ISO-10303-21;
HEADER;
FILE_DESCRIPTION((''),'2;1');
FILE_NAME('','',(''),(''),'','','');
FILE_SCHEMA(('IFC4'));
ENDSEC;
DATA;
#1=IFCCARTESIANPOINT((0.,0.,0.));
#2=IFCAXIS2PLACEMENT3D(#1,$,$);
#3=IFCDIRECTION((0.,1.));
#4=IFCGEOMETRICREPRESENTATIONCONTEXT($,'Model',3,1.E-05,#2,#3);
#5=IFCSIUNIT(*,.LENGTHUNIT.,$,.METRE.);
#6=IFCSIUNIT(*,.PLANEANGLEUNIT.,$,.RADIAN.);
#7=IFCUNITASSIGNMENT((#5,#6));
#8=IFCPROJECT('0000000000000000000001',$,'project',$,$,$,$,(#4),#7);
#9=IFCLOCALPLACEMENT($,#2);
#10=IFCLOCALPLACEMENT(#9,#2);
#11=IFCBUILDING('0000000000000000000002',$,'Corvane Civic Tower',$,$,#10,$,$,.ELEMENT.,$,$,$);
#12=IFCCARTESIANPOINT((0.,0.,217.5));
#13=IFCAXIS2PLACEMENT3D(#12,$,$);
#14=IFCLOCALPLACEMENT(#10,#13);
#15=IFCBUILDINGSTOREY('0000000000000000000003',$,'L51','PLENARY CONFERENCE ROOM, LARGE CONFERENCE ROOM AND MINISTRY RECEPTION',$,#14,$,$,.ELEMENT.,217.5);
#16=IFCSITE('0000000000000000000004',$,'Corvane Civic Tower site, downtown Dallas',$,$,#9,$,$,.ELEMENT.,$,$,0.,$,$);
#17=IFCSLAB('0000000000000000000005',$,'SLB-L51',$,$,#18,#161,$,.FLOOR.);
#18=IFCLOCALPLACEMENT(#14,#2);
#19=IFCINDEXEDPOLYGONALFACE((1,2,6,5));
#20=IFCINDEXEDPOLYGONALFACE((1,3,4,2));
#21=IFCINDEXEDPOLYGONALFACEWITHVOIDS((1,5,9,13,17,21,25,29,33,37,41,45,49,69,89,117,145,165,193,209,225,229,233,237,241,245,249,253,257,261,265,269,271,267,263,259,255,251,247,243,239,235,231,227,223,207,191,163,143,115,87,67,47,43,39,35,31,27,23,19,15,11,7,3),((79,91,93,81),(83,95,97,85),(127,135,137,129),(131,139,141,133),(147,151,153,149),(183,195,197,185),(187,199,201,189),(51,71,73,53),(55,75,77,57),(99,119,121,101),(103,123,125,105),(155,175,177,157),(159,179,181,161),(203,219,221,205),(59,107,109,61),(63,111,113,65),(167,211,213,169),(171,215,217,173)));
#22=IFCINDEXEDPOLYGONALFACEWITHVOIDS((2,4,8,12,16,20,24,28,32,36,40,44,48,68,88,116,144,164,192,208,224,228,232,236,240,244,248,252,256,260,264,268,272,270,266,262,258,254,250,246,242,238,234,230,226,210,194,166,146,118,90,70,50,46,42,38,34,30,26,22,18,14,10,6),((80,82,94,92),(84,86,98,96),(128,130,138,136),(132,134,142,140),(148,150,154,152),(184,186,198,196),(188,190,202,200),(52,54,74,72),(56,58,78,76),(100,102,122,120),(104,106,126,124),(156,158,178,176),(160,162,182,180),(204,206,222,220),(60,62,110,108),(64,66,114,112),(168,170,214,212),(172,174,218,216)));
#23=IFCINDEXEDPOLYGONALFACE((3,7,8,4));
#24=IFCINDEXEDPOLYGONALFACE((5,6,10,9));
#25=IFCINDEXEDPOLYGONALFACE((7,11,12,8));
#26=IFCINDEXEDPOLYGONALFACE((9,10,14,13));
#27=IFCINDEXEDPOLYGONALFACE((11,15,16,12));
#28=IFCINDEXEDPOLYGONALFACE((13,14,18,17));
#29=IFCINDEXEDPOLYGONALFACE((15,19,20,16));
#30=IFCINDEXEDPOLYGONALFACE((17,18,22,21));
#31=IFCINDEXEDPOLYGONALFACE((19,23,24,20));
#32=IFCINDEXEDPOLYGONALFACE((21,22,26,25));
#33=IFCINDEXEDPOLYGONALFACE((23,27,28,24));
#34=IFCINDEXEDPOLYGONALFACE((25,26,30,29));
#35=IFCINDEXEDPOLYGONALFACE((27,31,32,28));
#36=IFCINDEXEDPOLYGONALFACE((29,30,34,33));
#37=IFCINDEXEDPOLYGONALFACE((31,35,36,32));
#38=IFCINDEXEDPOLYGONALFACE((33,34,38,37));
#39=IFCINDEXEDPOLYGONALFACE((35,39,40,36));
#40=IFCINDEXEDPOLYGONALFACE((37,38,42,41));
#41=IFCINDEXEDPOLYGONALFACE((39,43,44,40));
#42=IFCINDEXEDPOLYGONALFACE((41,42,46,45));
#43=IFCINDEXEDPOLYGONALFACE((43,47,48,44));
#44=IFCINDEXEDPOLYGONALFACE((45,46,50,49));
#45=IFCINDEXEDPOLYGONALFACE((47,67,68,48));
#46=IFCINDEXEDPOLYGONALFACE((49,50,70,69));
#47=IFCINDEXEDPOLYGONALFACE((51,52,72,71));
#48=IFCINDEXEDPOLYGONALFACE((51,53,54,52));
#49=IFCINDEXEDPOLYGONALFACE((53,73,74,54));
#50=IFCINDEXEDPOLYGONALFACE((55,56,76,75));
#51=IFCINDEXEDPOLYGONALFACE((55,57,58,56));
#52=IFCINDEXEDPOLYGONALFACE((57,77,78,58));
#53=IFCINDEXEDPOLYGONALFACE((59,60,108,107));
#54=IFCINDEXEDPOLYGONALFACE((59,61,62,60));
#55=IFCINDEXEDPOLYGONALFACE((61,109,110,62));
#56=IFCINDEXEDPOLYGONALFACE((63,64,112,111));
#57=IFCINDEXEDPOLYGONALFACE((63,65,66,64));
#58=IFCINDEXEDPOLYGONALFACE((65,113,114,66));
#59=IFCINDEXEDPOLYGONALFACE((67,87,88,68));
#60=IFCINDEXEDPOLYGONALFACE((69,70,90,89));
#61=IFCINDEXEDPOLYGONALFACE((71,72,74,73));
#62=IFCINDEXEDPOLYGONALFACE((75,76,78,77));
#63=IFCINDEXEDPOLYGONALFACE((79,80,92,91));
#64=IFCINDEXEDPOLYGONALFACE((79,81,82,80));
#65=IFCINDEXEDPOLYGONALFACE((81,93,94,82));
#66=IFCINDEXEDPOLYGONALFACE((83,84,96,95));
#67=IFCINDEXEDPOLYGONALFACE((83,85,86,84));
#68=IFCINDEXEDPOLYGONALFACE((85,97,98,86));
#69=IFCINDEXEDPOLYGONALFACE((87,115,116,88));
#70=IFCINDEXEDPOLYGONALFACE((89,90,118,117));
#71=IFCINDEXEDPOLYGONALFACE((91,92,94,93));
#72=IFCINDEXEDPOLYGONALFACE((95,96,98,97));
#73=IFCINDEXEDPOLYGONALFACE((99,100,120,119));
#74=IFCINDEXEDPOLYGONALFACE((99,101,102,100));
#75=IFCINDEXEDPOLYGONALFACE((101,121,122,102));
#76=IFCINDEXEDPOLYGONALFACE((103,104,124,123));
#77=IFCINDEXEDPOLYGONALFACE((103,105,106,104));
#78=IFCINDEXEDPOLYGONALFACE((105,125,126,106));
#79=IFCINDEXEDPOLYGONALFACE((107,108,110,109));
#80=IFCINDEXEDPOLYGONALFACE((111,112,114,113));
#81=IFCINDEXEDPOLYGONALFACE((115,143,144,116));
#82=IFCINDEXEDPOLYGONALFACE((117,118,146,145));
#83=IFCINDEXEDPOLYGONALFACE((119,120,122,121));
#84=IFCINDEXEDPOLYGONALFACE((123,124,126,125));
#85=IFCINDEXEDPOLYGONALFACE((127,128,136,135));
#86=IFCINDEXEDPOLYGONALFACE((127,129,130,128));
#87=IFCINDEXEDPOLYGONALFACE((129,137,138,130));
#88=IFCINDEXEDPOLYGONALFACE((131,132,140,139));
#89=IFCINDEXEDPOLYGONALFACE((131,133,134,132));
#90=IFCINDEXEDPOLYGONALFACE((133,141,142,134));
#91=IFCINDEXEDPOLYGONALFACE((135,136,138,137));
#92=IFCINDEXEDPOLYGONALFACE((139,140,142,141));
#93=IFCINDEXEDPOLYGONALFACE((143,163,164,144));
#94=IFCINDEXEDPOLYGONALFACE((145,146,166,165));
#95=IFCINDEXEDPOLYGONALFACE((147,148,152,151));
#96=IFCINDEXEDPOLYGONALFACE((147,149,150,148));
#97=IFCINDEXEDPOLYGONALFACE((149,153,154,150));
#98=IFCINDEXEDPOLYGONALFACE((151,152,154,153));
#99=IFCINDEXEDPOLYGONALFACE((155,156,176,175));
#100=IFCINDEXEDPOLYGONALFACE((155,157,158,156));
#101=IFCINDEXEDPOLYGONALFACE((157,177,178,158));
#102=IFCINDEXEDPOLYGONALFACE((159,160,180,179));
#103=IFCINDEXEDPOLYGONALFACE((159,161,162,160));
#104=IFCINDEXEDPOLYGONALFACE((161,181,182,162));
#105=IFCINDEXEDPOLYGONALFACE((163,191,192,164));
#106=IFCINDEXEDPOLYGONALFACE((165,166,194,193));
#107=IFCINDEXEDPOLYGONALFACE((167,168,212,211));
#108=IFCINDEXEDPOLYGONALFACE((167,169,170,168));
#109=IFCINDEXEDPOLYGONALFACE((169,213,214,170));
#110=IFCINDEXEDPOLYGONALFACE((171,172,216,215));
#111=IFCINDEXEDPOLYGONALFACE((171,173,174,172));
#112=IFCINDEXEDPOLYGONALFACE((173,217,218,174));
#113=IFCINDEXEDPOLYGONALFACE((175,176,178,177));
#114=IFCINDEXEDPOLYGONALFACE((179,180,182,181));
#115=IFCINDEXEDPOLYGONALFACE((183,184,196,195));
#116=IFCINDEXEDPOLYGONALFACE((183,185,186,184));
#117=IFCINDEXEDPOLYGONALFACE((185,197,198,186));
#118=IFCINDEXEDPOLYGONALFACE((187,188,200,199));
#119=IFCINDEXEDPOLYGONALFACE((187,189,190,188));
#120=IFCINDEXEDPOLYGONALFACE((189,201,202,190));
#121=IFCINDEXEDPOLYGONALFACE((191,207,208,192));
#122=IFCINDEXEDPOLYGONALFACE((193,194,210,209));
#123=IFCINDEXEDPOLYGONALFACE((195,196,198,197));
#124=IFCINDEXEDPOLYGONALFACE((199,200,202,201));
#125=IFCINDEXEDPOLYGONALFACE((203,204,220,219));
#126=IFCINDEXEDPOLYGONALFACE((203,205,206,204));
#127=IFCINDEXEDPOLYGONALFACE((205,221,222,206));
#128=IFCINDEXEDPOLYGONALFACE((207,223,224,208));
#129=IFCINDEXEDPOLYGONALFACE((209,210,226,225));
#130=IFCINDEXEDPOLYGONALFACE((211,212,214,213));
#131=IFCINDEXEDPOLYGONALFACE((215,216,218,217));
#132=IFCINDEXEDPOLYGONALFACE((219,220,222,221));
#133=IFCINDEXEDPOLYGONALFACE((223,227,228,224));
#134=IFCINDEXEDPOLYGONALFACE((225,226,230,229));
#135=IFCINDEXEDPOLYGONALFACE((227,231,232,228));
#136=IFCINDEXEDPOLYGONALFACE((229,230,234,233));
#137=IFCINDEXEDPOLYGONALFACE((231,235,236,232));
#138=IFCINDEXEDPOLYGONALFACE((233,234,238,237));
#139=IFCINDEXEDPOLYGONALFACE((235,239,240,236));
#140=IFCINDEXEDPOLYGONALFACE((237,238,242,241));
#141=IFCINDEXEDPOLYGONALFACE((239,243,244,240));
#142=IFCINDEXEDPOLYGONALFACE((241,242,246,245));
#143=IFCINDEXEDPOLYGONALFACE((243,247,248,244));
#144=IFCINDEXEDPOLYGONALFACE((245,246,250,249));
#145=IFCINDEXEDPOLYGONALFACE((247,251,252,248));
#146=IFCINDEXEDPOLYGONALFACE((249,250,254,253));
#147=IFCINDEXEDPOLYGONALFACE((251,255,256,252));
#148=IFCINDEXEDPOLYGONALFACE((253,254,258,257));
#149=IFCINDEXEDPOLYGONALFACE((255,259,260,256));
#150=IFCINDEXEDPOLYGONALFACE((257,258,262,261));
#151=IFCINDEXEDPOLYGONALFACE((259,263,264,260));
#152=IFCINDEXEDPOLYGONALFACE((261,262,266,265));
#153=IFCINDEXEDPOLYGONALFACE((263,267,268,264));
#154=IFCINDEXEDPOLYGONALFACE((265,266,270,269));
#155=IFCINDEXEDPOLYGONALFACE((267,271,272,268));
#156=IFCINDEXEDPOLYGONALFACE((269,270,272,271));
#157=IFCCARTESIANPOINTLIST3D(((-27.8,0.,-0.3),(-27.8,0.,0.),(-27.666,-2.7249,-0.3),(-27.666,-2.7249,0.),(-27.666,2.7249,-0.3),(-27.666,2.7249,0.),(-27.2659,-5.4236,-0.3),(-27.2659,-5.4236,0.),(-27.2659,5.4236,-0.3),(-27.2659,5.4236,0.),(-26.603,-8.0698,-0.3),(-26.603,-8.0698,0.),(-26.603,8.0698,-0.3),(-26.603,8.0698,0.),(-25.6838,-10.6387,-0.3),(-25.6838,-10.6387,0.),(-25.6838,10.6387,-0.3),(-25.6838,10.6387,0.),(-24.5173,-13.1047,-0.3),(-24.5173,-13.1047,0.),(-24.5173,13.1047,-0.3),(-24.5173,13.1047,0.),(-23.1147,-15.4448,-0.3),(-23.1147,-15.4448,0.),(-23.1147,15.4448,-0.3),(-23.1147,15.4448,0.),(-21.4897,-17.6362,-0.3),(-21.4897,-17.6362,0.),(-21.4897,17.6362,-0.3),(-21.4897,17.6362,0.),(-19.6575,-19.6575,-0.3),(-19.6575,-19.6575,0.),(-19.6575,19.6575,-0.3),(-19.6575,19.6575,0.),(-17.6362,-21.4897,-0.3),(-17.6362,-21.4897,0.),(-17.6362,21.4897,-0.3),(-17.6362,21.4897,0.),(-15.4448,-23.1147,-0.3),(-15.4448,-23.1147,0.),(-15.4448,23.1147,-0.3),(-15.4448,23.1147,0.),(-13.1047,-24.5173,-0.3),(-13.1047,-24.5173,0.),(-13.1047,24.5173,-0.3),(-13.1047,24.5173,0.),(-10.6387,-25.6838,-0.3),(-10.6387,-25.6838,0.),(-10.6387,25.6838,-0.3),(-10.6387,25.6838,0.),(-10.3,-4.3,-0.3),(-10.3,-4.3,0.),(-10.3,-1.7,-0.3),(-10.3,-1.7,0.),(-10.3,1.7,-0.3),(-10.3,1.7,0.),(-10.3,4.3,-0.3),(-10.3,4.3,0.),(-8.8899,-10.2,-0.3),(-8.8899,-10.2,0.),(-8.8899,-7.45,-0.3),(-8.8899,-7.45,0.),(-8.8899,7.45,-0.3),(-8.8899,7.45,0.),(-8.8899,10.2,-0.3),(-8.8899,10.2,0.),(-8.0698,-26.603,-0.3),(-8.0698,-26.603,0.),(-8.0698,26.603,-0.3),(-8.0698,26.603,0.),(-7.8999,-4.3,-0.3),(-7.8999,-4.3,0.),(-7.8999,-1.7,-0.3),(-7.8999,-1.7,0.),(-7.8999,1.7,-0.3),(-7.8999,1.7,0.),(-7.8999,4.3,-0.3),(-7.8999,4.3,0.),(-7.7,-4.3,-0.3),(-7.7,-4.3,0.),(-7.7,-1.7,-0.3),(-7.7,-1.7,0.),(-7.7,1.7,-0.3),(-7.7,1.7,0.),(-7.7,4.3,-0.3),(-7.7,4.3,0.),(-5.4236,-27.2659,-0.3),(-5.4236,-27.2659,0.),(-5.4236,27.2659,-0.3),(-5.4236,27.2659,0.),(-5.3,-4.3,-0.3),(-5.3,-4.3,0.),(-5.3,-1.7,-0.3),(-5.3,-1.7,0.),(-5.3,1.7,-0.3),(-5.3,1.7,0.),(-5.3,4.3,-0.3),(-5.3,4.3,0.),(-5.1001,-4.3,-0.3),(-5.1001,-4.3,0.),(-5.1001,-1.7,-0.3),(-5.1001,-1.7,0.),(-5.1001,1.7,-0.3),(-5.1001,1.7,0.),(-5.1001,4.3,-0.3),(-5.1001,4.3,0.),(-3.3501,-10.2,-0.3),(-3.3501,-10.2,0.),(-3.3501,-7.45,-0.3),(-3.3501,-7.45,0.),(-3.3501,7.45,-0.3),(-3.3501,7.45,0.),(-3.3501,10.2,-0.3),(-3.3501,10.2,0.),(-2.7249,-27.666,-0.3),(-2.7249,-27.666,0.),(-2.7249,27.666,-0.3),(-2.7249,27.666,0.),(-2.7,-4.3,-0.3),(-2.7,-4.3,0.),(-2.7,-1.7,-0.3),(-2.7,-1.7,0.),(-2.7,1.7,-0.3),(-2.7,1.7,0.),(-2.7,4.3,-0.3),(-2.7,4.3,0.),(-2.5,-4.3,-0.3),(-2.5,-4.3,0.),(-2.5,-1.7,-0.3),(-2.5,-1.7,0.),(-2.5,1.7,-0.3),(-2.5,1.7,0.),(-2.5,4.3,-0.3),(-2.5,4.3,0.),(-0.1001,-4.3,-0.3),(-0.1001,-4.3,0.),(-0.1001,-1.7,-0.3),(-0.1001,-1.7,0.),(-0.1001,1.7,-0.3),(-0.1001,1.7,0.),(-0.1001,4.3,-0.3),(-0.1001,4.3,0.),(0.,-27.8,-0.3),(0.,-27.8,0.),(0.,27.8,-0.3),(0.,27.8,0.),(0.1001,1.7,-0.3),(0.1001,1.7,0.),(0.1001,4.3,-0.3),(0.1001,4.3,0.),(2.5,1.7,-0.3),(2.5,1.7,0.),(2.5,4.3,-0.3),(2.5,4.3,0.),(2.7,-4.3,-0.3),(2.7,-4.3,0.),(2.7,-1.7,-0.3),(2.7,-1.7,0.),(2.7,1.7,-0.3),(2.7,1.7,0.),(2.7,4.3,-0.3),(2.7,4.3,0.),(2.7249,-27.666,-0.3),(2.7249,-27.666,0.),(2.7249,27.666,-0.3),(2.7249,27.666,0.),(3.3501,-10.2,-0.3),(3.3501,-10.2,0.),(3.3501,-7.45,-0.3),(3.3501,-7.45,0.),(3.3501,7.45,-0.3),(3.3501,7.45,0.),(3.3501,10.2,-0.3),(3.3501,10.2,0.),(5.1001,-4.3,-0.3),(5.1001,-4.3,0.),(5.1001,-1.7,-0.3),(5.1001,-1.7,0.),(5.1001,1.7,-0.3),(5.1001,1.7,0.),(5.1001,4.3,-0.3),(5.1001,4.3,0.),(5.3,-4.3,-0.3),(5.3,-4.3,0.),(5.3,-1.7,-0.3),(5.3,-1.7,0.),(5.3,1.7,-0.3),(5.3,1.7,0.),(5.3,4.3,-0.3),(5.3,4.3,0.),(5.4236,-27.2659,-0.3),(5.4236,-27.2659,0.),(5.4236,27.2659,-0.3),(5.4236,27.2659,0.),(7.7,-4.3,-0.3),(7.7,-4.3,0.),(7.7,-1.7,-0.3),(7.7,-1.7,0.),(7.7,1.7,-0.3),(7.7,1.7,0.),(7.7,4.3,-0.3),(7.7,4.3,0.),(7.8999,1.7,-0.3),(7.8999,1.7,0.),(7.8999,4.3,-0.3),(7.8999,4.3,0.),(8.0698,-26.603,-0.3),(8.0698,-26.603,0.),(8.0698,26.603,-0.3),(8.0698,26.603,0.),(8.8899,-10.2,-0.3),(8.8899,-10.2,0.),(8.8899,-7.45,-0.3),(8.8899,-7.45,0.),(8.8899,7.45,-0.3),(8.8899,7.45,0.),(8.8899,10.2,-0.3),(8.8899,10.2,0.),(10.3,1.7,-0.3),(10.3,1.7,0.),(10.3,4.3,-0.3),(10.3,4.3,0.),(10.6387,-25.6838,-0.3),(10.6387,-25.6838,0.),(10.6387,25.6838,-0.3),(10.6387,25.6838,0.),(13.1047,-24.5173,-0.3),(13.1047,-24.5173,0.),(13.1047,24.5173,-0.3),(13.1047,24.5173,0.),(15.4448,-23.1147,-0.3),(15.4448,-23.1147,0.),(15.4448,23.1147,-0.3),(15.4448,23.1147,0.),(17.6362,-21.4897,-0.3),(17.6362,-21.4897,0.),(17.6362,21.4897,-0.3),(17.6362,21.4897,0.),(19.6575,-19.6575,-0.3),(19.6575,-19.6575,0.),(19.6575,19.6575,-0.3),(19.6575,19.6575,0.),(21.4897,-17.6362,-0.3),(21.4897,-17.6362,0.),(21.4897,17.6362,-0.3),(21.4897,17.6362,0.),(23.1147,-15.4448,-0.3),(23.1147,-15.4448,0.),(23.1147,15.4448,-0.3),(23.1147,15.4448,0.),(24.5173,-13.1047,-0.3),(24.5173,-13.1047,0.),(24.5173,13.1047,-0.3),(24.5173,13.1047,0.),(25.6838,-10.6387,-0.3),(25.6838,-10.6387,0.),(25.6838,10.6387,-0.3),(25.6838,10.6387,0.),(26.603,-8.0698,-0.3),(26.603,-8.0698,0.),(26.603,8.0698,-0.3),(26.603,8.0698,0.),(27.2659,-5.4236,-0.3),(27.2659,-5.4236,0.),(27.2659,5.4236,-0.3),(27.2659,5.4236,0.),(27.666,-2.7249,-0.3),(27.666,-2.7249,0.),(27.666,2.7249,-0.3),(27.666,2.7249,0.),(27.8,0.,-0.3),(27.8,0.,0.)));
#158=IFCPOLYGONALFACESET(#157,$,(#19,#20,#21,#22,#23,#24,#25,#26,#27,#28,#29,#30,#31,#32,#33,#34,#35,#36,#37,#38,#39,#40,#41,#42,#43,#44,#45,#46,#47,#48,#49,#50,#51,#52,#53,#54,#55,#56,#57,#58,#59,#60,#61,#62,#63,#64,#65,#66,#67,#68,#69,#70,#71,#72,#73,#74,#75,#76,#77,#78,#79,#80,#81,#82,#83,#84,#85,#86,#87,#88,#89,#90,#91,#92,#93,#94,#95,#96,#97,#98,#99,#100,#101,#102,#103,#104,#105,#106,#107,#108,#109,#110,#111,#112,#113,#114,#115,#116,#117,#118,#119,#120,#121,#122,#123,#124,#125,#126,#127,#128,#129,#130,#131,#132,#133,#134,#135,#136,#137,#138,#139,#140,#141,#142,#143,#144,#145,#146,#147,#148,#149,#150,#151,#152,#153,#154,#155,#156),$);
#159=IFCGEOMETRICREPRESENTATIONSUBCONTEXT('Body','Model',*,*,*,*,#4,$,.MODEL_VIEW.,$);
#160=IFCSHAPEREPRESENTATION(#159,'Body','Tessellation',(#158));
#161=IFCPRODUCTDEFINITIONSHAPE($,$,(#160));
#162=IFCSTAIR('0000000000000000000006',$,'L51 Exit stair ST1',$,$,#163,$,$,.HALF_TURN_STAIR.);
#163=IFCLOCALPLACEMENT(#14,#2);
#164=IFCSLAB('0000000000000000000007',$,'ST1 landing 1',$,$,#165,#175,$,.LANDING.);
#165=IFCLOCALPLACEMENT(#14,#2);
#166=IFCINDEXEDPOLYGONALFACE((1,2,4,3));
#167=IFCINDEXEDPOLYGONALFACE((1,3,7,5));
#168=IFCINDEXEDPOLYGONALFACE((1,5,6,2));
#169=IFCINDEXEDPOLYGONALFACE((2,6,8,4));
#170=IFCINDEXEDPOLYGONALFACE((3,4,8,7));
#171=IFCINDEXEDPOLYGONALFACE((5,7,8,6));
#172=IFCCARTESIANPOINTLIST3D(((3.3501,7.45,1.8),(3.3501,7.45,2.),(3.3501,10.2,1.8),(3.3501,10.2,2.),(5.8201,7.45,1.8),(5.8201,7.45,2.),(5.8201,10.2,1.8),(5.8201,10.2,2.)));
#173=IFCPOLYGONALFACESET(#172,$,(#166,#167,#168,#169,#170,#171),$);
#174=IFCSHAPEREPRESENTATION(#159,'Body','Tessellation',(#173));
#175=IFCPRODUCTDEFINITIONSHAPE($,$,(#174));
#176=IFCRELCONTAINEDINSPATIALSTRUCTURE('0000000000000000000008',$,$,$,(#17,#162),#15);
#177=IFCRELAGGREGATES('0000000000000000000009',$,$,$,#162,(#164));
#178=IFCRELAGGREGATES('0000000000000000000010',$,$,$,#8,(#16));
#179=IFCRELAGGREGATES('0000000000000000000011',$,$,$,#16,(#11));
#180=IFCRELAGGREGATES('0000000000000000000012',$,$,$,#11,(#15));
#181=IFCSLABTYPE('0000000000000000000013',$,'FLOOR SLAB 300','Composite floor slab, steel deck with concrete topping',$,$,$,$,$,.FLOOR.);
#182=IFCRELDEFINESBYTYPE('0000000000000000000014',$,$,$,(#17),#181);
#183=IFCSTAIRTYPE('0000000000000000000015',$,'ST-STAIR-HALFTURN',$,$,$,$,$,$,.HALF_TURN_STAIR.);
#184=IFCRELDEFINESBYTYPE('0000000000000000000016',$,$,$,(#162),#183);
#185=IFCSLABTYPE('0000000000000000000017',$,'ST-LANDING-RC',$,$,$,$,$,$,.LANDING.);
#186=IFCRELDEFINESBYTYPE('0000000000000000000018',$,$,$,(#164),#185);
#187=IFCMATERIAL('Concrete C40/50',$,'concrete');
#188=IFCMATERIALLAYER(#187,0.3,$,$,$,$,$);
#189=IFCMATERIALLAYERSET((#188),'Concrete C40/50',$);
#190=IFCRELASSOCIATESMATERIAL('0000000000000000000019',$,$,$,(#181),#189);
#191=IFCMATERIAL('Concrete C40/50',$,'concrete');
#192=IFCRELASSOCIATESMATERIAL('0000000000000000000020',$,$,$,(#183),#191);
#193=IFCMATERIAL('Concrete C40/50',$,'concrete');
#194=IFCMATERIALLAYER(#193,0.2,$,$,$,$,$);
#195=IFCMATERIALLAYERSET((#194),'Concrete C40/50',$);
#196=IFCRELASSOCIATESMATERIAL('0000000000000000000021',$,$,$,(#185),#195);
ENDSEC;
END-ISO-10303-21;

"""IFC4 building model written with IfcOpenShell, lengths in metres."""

from ifc_helpers import new_model, si_unit, direction, frame, origin, place, context, subcontext, project, spatial, polyline, outline, extrude, material, layer, layer_set, type_object, element, aggregate, save


model = new_model("IFC4")

# Units and contexts
model_context = context("Model", 3, precision=1e-05, world=origin(), true_north=direction((0.0, 1.0)))
body_context = subcontext(model_context, "Body", "Model", "MODEL_VIEW")
ifc_project = project(units=[si_unit("LENGTHUNIT", "METRE"), si_unit("PLANEANGLEUNIT", "RADIAN")], contexts=[model_context])

# Site, building, storey
site_placement = place(None, origin())
site = spatial("IfcSite", under=ifc_project, at=site_placement, Name="Corvane Civic Tower site, downtown Dallas", CompositionType="ELEMENT", RefElevation=0.0)
building_placement = place(site_placement, origin())
building = spatial("IfcBuilding", under=site, at=building_placement, Name="Corvane Civic Tower", CompositionType="ELEMENT")
storey_placement = place(building_placement, frame((0.0, 0.0, 217.5)))
storey = spatial("IfcBuildingStorey", under=building, at=storey_placement, Name="L51", Description="PLENARY CONFERENCE ROOM, LARGE CONFERENCE ROOM AND MINISTRY RECEPTION", CompositionType="ELEMENT", Elevation=217.5)

# Slab
ifc_material_1 = material(Name="Concrete C40/50", Category="concrete")
ifc_layer_1 = layer(ifc_material_1, 0.3)
ifc_layer_set_1 = layer_set([ifc_layer_1], Name="Concrete C40/50")
slab_type_1 = type_object("IfcSlabType", Name="FLOOR SLAB 300", Description="Composite floor slab, steel deck with concrete topping", PredefinedType="FLOOR", material=ifc_layer_set_1)
slab_1_placement = place(storey_placement, frame((0.0, 0.0, -0.3)))
element("IfcSlab", 1, at=slab_1_placement, inside=storey, type_object=slab_type_1, Name="SLB-L51", PredefinedType="FLOOR", context=body_context, shape_type="SweptSolid", body=[
    extrude(outline(polyline([(0.0, 27.8), (-2.7249, 27.666), (-5.4236, 27.2659), (-8.0698, 26.603), (-10.6387, 25.6838), (-13.1047, 24.5173), (-15.4448, 23.1147), (-17.6362, 21.4897), (-19.6575, 19.6575), (-21.4897, 17.6362), (-23.1147, 15.4448), (-24.5173, 13.1047), (-25.6838, 10.6387), (-26.603, 8.0698), (-27.2659, 5.4236), (-27.666, 2.7249), (-27.8, 0.0), (-27.666, -2.7249), (-27.2659, -5.4236), (-26.603, -8.0698), (-25.6838, -10.6387), (-24.5173, -13.1047), (-23.1147, -15.4448), (-21.4897, -17.6362), (-19.6575, -19.6575), (-17.6362, -21.4897), (-15.4448, -23.1147), (-13.1047, -24.5173), (-10.6387, -25.6838), (-8.0698, -26.603), (-5.4236, -27.2659), (-2.7249, -27.666), (0.0, -27.8), (2.7249, -27.666), (5.4236, -27.2659), (8.0698, -26.603), (10.6387, -25.6838), (13.1047, -24.5173), (15.4448, -23.1147), (17.6362, -21.4897), (19.6575, -19.6575), (21.4897, -17.6362), (23.1147, -15.4448), (24.5173, -13.1047), (25.6838, -10.6387), (26.603, -8.0698), (27.2659, -5.4236), (27.666, -2.7249), (27.8, 0.0), (27.666, 2.7249), (27.2659, 5.4236), (26.603, 8.0698), (25.6838, 10.6387), (24.5173, 13.1047), (23.1147, 15.4448), (21.4897, 17.6362), (19.6575, 19.6575), (17.6362, 21.4897), (15.4448, 23.1147), (13.1047, 24.5173), (10.6387, 25.6838), (8.0698, 26.603), (5.4236, 27.2659), (2.7249, 27.666), (0.0, 27.8)]), holes=[polyline([(-7.8999, 1.7), (-10.3, 1.7), (-10.3, 4.3), (-7.8999, 4.3), (-7.8999, 1.7)]), polyline([(-5.3, 1.7), (-7.7, 1.7), (-7.7, 4.3), (-5.3, 4.3), (-5.3, 1.7)]), polyline([(-5.1001, 4.3), (-2.7, 4.3), (-2.7, 1.7), (-5.1001, 1.7), (-5.1001, 4.3)]), polyline([(-2.5, 4.3), (-0.1001, 4.3), (-0.1001, 1.7), (-2.5, 1.7), (-2.5, 4.3)]), polyline([(0.1001, 4.3), (2.5, 4.3), (2.5, 1.7), (0.1001, 1.7), (0.1001, 4.3)]), polyline([(5.1001, 4.3), (5.1001, 1.7), (2.7, 1.7), (2.7, 4.3), (5.1001, 4.3)]), polyline([(5.3, 4.3), (7.7, 4.3), (7.7, 1.7), (5.3, 1.7), (5.3, 4.3)]), polyline([(7.8999, 4.3), (10.3, 4.3), (10.3, 1.7), (7.8999, 1.7), (7.8999, 4.3)]), polyline([(-10.3, -4.3), (-10.3, -1.7), (-7.8999, -1.7), (-7.8999, -4.3), (-10.3, -4.3)]), polyline([(-7.7, -4.3), (-7.7, -1.7), (-5.3, -1.7), (-5.3, -4.3), (-7.7, -4.3)]), polyline([(-2.7, -4.3), (-5.1001, -4.3), (-5.1001, -1.7), (-2.7, -1.7), (-2.7, -4.3)]), polyline([(-0.1001, -4.3), (-2.5, -4.3), (-2.5, -1.7), (-0.1001, -1.7), (-0.1001, -4.3)]), polyline([(5.1001, -1.7), (5.1001, -4.3), (2.7, -4.3), (2.7, -1.7), (5.1001, -1.7)]), polyline([(7.7, -1.7), (7.7, -4.3), (5.3, -4.3), (5.3, -1.7), (7.7, -1.7)]), polyline([(8.8899, 10.2), (8.8899, 7.45), (3.3501, 7.45), (3.3501, 10.2), (8.8899, 10.2)]), polyline([(-8.8899, 7.45), (-8.8899, 10.2), (-3.3501, 10.2), (-3.3501, 7.45), (-8.8899, 7.45)]), polyline([(8.8899, -7.45), (8.8899, -10.2), (3.3501, -10.2), (3.3501, -7.45), (8.8899, -7.45)]), polyline([(-8.8899, -10.2), (-8.8899, -7.45), (-3.3501, -7.45), (-3.3501, -10.2), (-8.8899, -10.2)])]), origin(), (0.0, 0.0, 1.0), 0.3),
])

# Stair, slab
ifc_material_2 = material(Name="Concrete C40/50", Category="concrete")
stair_type = type_object("IfcStairType", Name="ST-STAIR-HALFTURN", PredefinedType="HALF_TURN_STAIR", material=ifc_material_2)
stair_1_placement = place(storey_placement, origin())
stair_1 = element("IfcStair", 2, at=stair_1_placement, inside=storey, type_object=stair_type, Name="L51 Exit stair ST1", PredefinedType="HALF_TURN_STAIR")
ifc_material_3 = material(Name="Concrete C40/50", Category="concrete")
ifc_layer_2 = layer(ifc_material_3, 0.2)
ifc_layer_set_2 = layer_set([ifc_layer_2], Name="Concrete C40/50")
slab_type_2 = type_object("IfcSlabType", Name="ST-LANDING-RC", PredefinedType="LANDING", material=ifc_layer_set_2)
slab_2_placement = place(storey_placement, frame((0.0, 0.0, 1.8)))
slab_2 = element("IfcSlab", 3, at=slab_2_placement, type_object=slab_type_2, Name="ST1 landing 1", PredefinedType="LANDING", context=body_context, shape_type="SweptSolid", body=[
    extrude(outline(polyline([(5.8201, 10.2), (3.3501, 10.2), (3.3501, 7.45), (5.8201, 7.45), (5.8201, 10.2)])), origin(), (0.0, 0.0, 1.0), 0.2),
])
aggregate(stair_1, [slab_2])

save(model, "model.ifc")
